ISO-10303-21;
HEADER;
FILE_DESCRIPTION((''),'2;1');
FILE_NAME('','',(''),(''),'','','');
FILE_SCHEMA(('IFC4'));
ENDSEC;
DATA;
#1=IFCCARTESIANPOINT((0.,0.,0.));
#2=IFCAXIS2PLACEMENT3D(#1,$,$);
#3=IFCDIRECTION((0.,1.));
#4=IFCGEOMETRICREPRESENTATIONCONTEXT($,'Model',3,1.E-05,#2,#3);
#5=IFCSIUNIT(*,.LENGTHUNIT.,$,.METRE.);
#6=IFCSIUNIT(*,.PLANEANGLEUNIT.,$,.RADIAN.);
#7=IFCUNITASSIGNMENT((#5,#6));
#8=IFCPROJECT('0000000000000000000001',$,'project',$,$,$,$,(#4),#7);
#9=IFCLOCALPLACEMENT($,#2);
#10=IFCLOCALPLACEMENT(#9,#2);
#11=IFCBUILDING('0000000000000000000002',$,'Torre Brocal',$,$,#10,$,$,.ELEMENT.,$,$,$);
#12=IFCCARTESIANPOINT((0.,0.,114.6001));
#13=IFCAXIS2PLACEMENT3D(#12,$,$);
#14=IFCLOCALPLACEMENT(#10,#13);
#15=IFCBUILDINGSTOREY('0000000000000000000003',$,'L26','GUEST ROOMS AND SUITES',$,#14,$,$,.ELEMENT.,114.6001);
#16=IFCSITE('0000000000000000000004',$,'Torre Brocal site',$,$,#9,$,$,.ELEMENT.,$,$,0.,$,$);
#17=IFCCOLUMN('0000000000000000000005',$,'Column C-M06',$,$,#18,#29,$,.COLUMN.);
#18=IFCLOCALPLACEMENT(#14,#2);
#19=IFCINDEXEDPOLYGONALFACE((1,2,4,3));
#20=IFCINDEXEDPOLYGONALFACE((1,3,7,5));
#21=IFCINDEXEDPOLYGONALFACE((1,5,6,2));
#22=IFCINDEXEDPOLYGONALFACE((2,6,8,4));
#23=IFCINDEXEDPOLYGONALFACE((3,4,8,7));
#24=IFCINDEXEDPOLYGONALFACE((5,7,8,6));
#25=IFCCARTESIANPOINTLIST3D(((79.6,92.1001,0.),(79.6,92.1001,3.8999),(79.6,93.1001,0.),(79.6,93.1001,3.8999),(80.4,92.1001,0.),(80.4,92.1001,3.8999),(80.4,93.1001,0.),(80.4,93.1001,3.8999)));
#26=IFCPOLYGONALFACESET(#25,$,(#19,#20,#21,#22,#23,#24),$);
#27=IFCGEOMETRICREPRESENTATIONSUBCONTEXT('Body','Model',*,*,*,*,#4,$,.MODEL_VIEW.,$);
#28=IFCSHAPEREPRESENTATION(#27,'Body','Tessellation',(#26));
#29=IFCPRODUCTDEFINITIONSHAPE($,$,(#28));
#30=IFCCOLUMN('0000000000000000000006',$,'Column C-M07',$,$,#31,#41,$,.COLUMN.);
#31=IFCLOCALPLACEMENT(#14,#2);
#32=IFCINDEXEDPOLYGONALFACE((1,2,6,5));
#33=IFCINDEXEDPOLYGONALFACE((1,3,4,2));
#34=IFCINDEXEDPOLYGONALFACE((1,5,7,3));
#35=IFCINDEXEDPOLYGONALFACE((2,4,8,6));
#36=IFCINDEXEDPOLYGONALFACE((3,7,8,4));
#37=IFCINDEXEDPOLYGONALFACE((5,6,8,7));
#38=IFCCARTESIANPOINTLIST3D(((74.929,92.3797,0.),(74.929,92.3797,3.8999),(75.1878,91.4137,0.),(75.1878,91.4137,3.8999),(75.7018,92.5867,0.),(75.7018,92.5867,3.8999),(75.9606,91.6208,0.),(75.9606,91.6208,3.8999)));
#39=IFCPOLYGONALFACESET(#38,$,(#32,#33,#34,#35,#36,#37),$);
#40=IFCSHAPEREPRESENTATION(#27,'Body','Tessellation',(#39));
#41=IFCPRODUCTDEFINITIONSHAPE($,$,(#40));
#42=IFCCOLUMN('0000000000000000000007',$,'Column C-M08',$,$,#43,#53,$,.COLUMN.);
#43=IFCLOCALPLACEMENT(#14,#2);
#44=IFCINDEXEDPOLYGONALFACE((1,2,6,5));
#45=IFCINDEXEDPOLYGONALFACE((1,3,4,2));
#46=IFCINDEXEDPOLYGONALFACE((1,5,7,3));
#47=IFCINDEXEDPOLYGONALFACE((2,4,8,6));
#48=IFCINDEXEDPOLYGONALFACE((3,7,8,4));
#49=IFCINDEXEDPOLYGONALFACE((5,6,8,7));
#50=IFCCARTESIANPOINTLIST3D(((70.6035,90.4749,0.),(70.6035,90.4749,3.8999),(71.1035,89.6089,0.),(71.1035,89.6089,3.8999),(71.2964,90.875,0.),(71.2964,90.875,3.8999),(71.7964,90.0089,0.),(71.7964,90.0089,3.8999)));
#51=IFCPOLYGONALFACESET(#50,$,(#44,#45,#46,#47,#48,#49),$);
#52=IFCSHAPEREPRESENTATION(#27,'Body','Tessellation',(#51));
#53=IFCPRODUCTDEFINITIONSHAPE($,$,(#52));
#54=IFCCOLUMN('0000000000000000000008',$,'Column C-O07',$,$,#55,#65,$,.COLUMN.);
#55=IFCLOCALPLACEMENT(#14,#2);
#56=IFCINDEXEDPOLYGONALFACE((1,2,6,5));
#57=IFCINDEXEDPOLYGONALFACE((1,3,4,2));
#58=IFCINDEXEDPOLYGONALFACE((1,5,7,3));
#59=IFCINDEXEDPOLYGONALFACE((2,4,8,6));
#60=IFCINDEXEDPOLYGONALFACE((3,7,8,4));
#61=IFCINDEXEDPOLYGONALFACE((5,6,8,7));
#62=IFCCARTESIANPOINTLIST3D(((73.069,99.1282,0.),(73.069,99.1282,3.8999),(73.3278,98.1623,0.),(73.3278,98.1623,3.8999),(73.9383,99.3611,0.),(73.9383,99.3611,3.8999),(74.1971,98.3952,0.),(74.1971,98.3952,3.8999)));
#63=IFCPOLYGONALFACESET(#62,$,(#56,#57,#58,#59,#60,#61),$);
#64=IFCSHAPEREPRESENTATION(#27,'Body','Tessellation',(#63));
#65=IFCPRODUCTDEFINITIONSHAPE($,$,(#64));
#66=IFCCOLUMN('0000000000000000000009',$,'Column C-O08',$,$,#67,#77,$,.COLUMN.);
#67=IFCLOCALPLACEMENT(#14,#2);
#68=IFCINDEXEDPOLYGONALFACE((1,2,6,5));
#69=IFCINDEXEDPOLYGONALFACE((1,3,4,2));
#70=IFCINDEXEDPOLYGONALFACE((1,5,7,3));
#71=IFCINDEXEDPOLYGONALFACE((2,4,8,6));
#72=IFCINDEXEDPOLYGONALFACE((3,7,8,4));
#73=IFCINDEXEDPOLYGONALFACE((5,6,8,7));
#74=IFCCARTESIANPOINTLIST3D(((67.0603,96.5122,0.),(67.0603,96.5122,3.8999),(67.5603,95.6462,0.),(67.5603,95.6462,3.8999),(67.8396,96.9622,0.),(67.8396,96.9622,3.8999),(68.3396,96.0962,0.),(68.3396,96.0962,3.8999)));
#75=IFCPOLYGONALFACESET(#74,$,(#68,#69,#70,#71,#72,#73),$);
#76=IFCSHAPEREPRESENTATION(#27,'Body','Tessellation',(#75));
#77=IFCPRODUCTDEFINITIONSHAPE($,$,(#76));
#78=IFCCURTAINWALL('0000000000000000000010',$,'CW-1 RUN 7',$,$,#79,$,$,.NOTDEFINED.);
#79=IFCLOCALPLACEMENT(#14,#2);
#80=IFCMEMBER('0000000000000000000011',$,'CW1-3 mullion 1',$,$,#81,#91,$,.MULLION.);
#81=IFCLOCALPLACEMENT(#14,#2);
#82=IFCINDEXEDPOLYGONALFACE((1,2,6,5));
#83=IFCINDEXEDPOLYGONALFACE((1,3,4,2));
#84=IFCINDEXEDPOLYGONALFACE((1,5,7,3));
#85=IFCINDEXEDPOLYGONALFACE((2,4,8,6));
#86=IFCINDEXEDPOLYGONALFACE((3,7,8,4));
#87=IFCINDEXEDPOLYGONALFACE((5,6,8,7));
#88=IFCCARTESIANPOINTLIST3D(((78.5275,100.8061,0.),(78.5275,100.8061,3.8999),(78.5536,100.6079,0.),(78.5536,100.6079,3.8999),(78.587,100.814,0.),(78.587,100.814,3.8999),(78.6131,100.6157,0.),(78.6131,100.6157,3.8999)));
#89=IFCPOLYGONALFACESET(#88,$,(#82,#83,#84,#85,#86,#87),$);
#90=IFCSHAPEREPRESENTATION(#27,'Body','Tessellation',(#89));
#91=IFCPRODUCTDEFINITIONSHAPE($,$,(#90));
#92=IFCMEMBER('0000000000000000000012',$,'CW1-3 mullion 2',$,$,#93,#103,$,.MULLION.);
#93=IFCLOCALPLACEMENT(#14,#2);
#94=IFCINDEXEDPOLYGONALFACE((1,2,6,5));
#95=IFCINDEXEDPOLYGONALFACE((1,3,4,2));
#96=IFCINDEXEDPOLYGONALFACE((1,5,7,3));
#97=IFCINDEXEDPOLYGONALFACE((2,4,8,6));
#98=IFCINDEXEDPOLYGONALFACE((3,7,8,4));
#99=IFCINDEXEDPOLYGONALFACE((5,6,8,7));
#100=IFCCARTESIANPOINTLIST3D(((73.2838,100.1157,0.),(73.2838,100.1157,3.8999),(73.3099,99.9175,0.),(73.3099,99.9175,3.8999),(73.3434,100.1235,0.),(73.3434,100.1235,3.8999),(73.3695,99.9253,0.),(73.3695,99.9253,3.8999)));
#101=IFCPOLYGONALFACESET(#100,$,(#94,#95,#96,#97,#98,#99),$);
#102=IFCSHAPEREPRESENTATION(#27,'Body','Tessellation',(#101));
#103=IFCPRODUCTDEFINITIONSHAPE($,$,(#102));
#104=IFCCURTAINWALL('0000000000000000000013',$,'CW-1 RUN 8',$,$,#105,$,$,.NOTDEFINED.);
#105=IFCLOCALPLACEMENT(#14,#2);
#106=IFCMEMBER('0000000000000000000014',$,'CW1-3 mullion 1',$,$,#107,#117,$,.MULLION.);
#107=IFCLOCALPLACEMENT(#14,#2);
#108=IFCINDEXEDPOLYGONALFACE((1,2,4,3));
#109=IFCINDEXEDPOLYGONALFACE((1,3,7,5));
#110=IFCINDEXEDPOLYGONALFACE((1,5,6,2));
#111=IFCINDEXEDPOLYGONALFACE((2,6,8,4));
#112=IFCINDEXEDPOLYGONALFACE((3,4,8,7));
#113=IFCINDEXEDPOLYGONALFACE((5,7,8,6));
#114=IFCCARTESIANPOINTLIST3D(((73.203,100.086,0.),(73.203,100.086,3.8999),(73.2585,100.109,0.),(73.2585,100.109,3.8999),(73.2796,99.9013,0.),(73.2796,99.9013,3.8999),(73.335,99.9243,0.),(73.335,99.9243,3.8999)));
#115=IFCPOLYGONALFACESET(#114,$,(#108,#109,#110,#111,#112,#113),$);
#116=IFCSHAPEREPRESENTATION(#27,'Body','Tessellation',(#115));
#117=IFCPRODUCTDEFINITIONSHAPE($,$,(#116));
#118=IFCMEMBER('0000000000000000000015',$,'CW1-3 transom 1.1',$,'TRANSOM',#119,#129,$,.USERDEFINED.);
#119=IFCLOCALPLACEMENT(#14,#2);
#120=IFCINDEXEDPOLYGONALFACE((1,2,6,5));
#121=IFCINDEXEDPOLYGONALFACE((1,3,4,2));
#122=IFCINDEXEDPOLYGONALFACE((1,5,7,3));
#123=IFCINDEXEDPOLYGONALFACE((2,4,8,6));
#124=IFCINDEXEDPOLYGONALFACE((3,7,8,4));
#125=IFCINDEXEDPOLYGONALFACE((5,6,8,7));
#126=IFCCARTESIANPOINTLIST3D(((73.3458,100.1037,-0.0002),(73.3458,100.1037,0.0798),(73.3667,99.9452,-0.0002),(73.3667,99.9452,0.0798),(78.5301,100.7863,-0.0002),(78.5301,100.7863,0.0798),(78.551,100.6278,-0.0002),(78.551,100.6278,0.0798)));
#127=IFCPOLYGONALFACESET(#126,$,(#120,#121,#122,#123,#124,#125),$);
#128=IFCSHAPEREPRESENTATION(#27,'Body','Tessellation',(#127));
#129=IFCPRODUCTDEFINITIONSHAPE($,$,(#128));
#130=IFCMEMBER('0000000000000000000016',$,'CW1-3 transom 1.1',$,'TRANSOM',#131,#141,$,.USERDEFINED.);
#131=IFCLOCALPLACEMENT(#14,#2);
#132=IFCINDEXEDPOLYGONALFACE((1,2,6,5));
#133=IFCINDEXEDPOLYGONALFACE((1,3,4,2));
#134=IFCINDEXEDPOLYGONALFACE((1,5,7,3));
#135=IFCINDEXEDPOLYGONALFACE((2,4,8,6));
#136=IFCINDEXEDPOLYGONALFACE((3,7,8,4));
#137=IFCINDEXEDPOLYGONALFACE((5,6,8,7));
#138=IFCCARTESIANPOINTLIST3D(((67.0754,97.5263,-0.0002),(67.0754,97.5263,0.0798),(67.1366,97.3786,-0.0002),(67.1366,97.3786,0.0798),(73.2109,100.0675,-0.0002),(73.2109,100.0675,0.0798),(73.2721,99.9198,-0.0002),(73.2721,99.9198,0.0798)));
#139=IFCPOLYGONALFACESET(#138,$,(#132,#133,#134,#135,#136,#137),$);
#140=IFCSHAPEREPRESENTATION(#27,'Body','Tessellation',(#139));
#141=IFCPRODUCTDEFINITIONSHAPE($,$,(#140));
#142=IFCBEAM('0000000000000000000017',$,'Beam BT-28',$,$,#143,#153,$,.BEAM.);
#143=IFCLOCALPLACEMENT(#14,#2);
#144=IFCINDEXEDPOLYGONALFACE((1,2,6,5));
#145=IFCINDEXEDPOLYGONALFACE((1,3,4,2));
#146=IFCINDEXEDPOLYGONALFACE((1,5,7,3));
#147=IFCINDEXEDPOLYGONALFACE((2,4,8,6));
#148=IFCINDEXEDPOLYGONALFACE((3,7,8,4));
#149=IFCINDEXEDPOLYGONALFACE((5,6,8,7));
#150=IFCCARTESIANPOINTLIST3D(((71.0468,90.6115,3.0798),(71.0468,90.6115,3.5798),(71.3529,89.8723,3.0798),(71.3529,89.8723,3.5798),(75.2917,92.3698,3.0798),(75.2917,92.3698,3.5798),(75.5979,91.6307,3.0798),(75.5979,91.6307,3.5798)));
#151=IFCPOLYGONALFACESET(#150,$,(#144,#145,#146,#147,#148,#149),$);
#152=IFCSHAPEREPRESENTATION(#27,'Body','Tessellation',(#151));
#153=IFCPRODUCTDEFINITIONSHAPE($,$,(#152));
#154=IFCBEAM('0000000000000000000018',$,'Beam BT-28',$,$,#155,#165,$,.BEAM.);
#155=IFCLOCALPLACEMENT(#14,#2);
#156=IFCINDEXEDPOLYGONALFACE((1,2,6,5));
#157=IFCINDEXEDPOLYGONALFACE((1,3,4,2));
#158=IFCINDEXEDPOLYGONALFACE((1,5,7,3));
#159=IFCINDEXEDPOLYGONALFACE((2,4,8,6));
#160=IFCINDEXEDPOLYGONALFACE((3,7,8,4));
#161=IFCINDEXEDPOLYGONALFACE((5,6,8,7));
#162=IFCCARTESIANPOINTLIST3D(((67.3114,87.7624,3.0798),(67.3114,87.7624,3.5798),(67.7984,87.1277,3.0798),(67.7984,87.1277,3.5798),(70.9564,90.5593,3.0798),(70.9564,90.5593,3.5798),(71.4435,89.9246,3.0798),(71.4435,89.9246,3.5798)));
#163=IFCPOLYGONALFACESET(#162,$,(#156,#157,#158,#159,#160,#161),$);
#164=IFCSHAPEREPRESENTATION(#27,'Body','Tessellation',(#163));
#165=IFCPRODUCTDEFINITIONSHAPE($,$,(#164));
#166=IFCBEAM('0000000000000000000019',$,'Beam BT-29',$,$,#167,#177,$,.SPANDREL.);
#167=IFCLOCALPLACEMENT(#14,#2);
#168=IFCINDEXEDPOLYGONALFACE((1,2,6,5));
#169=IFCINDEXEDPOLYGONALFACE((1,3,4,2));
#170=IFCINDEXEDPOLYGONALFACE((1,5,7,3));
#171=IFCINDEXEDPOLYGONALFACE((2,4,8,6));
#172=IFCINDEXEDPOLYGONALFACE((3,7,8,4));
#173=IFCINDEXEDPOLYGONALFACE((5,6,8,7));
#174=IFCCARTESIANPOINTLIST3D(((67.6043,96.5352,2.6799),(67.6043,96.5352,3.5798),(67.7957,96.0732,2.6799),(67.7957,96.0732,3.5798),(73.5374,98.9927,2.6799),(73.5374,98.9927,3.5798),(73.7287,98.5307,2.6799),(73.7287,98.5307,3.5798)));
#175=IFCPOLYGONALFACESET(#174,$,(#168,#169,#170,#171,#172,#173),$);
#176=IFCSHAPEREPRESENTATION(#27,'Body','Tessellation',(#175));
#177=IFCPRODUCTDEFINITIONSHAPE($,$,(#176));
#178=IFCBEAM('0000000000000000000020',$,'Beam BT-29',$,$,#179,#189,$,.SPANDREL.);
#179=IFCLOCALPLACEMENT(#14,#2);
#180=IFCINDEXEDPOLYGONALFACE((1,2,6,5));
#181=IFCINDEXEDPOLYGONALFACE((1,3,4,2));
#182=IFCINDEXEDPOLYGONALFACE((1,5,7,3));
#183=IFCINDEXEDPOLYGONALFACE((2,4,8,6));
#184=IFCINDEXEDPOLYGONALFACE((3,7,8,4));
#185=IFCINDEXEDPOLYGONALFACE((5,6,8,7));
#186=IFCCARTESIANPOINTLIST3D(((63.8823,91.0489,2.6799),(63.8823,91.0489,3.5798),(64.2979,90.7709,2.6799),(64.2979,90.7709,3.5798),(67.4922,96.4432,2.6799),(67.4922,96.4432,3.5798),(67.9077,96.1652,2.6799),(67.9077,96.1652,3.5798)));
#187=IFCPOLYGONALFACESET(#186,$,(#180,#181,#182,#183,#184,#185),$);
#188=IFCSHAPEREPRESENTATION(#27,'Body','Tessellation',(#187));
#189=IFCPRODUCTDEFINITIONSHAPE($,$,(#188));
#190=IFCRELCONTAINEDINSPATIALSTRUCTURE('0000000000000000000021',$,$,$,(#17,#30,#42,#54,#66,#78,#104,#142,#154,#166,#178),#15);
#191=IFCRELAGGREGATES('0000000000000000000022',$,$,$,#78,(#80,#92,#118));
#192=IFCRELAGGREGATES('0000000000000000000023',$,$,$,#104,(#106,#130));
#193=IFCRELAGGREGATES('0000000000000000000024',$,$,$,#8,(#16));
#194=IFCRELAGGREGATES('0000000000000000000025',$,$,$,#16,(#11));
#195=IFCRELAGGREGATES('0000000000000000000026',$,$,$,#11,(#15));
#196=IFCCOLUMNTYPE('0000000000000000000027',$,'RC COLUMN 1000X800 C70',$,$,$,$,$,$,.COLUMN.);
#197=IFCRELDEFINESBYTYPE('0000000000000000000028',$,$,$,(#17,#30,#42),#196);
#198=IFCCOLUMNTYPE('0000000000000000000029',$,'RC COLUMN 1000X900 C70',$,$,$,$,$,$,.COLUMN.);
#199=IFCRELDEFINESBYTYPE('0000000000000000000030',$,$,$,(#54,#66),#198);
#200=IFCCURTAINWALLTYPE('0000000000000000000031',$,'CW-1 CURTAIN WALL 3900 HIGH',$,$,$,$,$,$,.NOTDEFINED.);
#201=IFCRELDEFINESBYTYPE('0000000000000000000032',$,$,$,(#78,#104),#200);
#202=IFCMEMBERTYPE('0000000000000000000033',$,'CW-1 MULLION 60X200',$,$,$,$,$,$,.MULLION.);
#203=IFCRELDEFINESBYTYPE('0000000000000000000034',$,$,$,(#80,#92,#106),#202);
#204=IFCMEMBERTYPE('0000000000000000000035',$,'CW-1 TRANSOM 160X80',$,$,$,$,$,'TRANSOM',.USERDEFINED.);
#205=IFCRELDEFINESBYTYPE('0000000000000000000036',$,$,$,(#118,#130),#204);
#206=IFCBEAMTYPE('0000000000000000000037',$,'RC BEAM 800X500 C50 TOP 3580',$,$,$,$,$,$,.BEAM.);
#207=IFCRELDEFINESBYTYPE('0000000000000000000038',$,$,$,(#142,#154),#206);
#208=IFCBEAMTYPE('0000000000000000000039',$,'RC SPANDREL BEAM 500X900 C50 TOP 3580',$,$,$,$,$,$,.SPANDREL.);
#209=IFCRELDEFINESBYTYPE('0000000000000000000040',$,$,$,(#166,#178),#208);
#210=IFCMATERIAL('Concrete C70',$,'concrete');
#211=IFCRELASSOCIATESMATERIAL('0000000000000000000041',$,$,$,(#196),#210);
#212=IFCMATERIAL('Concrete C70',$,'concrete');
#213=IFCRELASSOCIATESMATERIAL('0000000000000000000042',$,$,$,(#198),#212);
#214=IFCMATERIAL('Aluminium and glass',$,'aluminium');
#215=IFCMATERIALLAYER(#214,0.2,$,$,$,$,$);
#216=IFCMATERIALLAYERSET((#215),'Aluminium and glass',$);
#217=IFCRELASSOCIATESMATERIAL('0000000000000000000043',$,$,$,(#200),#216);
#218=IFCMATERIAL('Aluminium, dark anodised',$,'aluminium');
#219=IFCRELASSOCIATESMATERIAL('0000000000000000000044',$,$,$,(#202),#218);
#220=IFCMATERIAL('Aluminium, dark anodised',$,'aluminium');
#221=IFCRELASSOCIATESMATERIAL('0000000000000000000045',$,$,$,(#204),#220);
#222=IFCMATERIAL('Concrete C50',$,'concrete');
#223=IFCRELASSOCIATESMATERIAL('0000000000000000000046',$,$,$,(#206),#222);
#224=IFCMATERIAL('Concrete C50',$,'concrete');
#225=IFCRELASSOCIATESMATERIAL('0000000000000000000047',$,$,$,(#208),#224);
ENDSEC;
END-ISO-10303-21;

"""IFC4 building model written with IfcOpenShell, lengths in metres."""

from ifc_helpers import new_model, si_unit, direction, frame, origin, origin_2d, place, context, subcontext, project, spatial, rectangle, extrude, material, layer, layer_set, material_profile, profile_set, type_object, element, aggregate, save


model = new_model("IFC4")

# Units and contexts
model_context = context("Model", 3, precision=1e-05, world=origin(), true_north=direction((0.0, 1.0)))
body_context = subcontext(model_context, "Body", "Model", "MODEL_VIEW")
ifc_project = project(units=[si_unit("LENGTHUNIT", "METRE"), si_unit("PLANEANGLEUNIT", "RADIAN")], contexts=[model_context])

# Site, building, storey
site_placement = place(None, origin())
site = spatial("IfcSite", under=ifc_project, at=site_placement, Name="Torre Brocal site", CompositionType="ELEMENT", RefElevation=0.0)
building_placement = place(site_placement, origin())
building = spatial("IfcBuilding", under=site, at=building_placement, Name="Torre Brocal", CompositionType="ELEMENT")
storey_placement = place(building_placement, frame((0.0, 0.0, 114.6001)))
storey = spatial("IfcBuildingStorey", under=building, at=storey_placement, Name="L26", Description="GUEST ROOMS AND SUITES", CompositionType="ELEMENT", Elevation=114.6001)

# Columns
ifc_material_1 = material(Name="Concrete C70", Category="concrete")
ifc_material_profile_1 = material_profile(ifc_material_1, rectangle(XDim=1.0, YDim=0.8, at=origin_2d()), Name="RC 1000X800")
ifc_profile_set_1 = profile_set([ifc_material_profile_1], Name="Concrete C70")
column_type_1 = type_object("IfcColumnType", Name="RC COLUMN 1000X800 C70", PredefinedType="COLUMN", material=ifc_profile_set_1)
for number, where, z_axis, x_axis, name in (
    (1, (80.0, 92.6001, 0.0), (0.0, 0.0, 1.0), (0.0, 1.0, 0.0), "Column C-M06"),
    (2, (75.4448, 92.0002, 0.0), (0.0, 0.0, 1.0), (-0.258819, 0.965926, 0.0), "Column C-M07"),
    (3, (71.2, 90.2419, 0.0), (0.0, 0.0, 1.0), (-0.5, 0.866025, 0.0), "Column C-M08"),
):
    element("IfcColumn", number, at=place(storey_placement, frame(where, z_axis=z_axis, x_axis=x_axis)), inside=storey, type_object=column_type_1, Name=name, PredefinedType="COLUMN", context=body_context, shape_type="SweptSolid", body=[
        extrude(rectangle(XDim=1.0, YDim=0.8, at=origin_2d()), origin(), (0.0, 0.0, 1.0), 3.8999),
    ])
ifc_material_2 = material(Name="Concrete C70", Category="concrete")
ifc_material_profile_2 = material_profile(ifc_material_2, rectangle(XDim=1.0, YDim=0.8999, at=origin_2d()), Name="RC 1000X900")
ifc_profile_set_2 = profile_set([ifc_material_profile_2], Name="Concrete C70")
column_type_2 = type_object("IfcColumnType", Name="RC COLUMN 1000X900 C70", PredefinedType="COLUMN", material=ifc_profile_set_2)
for number, where, z_axis, x_axis, name in (
    (4, (73.6331, 98.7617, 0.0), (0.0, 0.0, 1.0), (-0.258819, 0.965926, 0.0), "Column C-O07"),
    (5, (67.7, 96.3042, 0.0), (0.0, 0.0, 1.0), (-0.5, 0.866025, 0.0), "Column C-O08"),
):
    element("IfcColumn", number, at=place(storey_placement, frame(where, z_axis=z_axis, x_axis=x_axis)), inside=storey, type_object=column_type_2, Name=name, PredefinedType="COLUMN", context=body_context, shape_type="SweptSolid", body=[
        extrude(rectangle(XDim=1.0, YDim=0.8999, at=origin_2d()), origin(), (0.0, 0.0, 1.0), 3.8999),
    ])

# Curtain wall, members
ifc_material_3 = material(Name="Aluminium and glass", Category="aluminium")
ifc_layer_1 = layer(ifc_material_3, 0.2)
ifc_layer_set_1 = layer_set([ifc_layer_1], Name="Aluminium and glass")
curtain_wall_type = type_object("IfcCurtainWallType", Name="CW-1 CURTAIN WALL 3900 HIGH", PredefinedType="NOTDEFINED", material=ifc_layer_set_1)
curtain_wall_1_placement = place(storey_placement, origin())
curtain_wall_1 = element("IfcCurtainWall", 6, at=curtain_wall_1_placement, inside=storey, type_object=curtain_wall_type, Name="CW-1 RUN 7", PredefinedType="NOTDEFINED")
ifc_material_4 = material(Name="Aluminium, dark anodised", Category="aluminium")
ifc_material_profile_3 = material_profile(ifc_material_4, rectangle(XDim=0.2, YDim=0.0601, at=origin_2d()), Name="CW-1 MULLION 60X200")
ifc_profile_set_3 = profile_set([ifc_material_profile_3], Name="Aluminium, dark anodised")
member_type_1 = type_object("IfcMemberType", Name="CW-1 MULLION 60X200", PredefinedType="MULLION", material=ifc_profile_set_3)
member_1_placement = place(storey_placement, frame((78.5703, 100.7109, 0.0), z_axis=(0.0, 0.0, 1.0), x_axis=(0.130526, -0.991445, 0.0)))
member_1 = element("IfcMember", 7, at=member_1_placement, type_object=member_type_1, Name="CW1-3 mullion 1", PredefinedType="MULLION", context=body_context, shape_type="SweptSolid", body=[
    extrude(rectangle(XDim=0.2, YDim=0.0601, at=origin_2d()), origin(), (0.0, 0.0, 1.0), 3.8999),
])
member_2_placement = place(storey_placement, frame((73.3267, 100.0205, 0.0), z_axis=(0.0, 0.0, 1.0), x_axis=(0.130526, -0.991445, 0.0)))
member_2 = element("IfcMember", 8, at=member_2_placement, type_object=member_type_1, Name="CW1-3 mullion 2", PredefinedType="MULLION", context=body_context, shape_type="SweptSolid", body=[
    extrude(rectangle(XDim=0.2, YDim=0.0601, at=origin_2d()), origin(), (0.0, 0.0, 1.0), 3.8999),
])

# Curtain wall, member
curtain_wall_2_placement = place(storey_placement, origin())
curtain_wall_2 = element("IfcCurtainWall", 9, at=curtain_wall_2_placement, inside=storey, type_object=curtain_wall_type, Name="CW-1 RUN 8", PredefinedType="NOTDEFINED")
member_3_placement = place(storey_placement, frame((73.269, 100.0051, 0.0), z_axis=(0.0, 0.0, 1.0), x_axis=(0.382683, -0.92388, 0.0)))
member_3 = element("IfcMember", 10, at=member_3_placement, type_object=member_type_1, Name="CW1-3 mullion 1", PredefinedType="MULLION", context=body_context, shape_type="SweptSolid", body=[
    extrude(rectangle(XDim=0.2, YDim=0.0601, at=origin_2d()), origin(), (0.0, 0.0, 1.0), 3.8999),
])

# Members
ifc_material_5 = material(Name="Aluminium, dark anodised", Category="aluminium")
ifc_material_profile_4 = material_profile(ifc_material_5, rectangle(XDim=0.1599, YDim=0.0801, at=origin_2d()), Name="CW-1 TRANSOM 160X80")
ifc_profile_set_4 = profile_set([ifc_material_profile_4], Name="Aluminium, dark anodised")
member_type_2 = type_object("IfcMemberType", Name="CW-1 TRANSOM 160X80", ElementType="TRANSOM", PredefinedType="USERDEFINED", material=ifc_profile_set_4)
member_4_placement = place(storey_placement, frame((78.5405, 100.707, 0.0398), z_axis=(-0.991443, -0.130543, 0.0), x_axis=(0.130543, -0.991443, 0.0)))
member_4 = element("IfcMember", 11, at=member_4_placement, type_object=member_type_2, Name="CW1-3 transom 1.1", ObjectType="TRANSOM", PredefinedType="USERDEFINED", context=body_context, shape_type="SweptSolid", body=[
    extrude(rectangle(XDim=0.1599, YDim=0.0801, at=origin_2d()), origin(), (0.0, 0.0, 1.0), 5.229),
])
member_5_placement = place(storey_placement, frame((73.2415, 99.9937, 0.0398), z_axis=(-0.923887, -0.382665, 0.0), x_axis=(0.382665, -0.923887, 0.0)))
member_5 = element("IfcMember", 12, at=member_5_placement, type_object=member_type_2, Name="CW1-3 transom 1.1", ObjectType="TRANSOM", PredefinedType="USERDEFINED", context=body_context, shape_type="SweptSolid", body=[
    extrude(rectangle(XDim=0.1599, YDim=0.0801, at=origin_2d()), origin(), (0.0, 0.0, 1.0), 6.6409),
])

# Beams
ifc_material_6 = material(Name="Concrete C50", Category="concrete")
ifc_material_profile_5 = material_profile(ifc_material_6, rectangle(XDim=0.8, YDim=0.5, at=origin_2d()), Name="RC 800X500")
ifc_profile_set_5 = profile_set([ifc_material_profile_5], Name="Concrete C50")
beam_type_1 = type_object("IfcBeamType", Name="RC BEAM 800X500 C50 TOP 3580", PredefinedType="BEAM", material=ifc_profile_set_5)
beam_1_placement = place(storey_placement, frame((75.4448, 92.0002, 3.3298), z_axis=(-0.923878, -0.382687, 0.0), x_axis=(0.382687, -0.923878, 0.0)))
element("IfcBeam", 13, at=beam_1_placement, inside=storey, type_object=beam_type_1, Name="Beam BT-28", PredefinedType="BEAM", context=body_context, shape_type="SweptSolid", body=[
    extrude(rectangle(XDim=0.8, YDim=0.5, at=origin_2d()), origin(), (0.0, 0.0, 1.0), 4.5947),
])
beam_2_placement = place(storey_placement, frame((71.2, 90.2419, 3.3298), z_axis=(-0.793358, -0.608755, 0.0), x_axis=(0.608755, -0.793358, 0.0)))
element("IfcBeam", 14, at=beam_2_placement, inside=storey, type_object=beam_type_1, Name="Beam BT-28", PredefinedType="BEAM", context=body_context, shape_type="SweptSolid", body=[
    extrude(rectangle(XDim=0.8, YDim=0.5, at=origin_2d()), origin(), (0.0, 0.0, 1.0), 4.5945),
])
ifc_material_7 = material(Name="Concrete C50", Category="concrete")
ifc_material_profile_6 = material_profile(ifc_material_7, rectangle(XDim=0.5, YDim=0.8999, at=origin_2d()), Name="RC 500X900")
ifc_profile_set_6 = profile_set([ifc_material_profile_6], Name="Concrete C50")
beam_type_2 = type_object("IfcBeamType", Name="RC SPANDREL BEAM 500X900 C50 TOP 3580", PredefinedType="SPANDREL", material=ifc_profile_set_6)
beam_3_placement = place(storey_placement, frame((73.6331, 98.7617, 3.1299), z_axis=(-0.923882, -0.382676, 0.0), x_axis=(0.382676, -0.923882, 0.0)))
element("IfcBeam", 15, at=beam_3_placement, inside=storey, type_object=beam_type_2, Name="Beam BT-29", PredefinedType="SPANDREL", context=body_context, shape_type="SweptSolid", body=[
    extrude(rectangle(XDim=0.5, YDim=0.8999, at=origin_2d()), origin(), (0.0, 0.0, 1.0), 6.4219),
])
beam_4_placement = place(storey_placement, frame((67.7, 96.3042, 3.1299), z_axis=(-0.556158, -0.831077, 0.0), x_axis=(0.831077, -0.556158, 0.0)))
element("IfcBeam", 16, at=beam_4_placement, inside=storey, type_object=beam_type_2, Name="Beam BT-29", PredefinedType="SPANDREL", context=body_context, shape_type="SweptSolid", body=[
    extrude(rectangle(XDim=0.5, YDim=0.8999, at=origin_2d()), origin(), (0.0, 0.0, 1.0), 6.4907),
])

aggregate(curtain_wall_1, [member_1, member_2, member_4])
aggregate(curtain_wall_2, [member_3, member_5])

save(model, "model.ifc")
